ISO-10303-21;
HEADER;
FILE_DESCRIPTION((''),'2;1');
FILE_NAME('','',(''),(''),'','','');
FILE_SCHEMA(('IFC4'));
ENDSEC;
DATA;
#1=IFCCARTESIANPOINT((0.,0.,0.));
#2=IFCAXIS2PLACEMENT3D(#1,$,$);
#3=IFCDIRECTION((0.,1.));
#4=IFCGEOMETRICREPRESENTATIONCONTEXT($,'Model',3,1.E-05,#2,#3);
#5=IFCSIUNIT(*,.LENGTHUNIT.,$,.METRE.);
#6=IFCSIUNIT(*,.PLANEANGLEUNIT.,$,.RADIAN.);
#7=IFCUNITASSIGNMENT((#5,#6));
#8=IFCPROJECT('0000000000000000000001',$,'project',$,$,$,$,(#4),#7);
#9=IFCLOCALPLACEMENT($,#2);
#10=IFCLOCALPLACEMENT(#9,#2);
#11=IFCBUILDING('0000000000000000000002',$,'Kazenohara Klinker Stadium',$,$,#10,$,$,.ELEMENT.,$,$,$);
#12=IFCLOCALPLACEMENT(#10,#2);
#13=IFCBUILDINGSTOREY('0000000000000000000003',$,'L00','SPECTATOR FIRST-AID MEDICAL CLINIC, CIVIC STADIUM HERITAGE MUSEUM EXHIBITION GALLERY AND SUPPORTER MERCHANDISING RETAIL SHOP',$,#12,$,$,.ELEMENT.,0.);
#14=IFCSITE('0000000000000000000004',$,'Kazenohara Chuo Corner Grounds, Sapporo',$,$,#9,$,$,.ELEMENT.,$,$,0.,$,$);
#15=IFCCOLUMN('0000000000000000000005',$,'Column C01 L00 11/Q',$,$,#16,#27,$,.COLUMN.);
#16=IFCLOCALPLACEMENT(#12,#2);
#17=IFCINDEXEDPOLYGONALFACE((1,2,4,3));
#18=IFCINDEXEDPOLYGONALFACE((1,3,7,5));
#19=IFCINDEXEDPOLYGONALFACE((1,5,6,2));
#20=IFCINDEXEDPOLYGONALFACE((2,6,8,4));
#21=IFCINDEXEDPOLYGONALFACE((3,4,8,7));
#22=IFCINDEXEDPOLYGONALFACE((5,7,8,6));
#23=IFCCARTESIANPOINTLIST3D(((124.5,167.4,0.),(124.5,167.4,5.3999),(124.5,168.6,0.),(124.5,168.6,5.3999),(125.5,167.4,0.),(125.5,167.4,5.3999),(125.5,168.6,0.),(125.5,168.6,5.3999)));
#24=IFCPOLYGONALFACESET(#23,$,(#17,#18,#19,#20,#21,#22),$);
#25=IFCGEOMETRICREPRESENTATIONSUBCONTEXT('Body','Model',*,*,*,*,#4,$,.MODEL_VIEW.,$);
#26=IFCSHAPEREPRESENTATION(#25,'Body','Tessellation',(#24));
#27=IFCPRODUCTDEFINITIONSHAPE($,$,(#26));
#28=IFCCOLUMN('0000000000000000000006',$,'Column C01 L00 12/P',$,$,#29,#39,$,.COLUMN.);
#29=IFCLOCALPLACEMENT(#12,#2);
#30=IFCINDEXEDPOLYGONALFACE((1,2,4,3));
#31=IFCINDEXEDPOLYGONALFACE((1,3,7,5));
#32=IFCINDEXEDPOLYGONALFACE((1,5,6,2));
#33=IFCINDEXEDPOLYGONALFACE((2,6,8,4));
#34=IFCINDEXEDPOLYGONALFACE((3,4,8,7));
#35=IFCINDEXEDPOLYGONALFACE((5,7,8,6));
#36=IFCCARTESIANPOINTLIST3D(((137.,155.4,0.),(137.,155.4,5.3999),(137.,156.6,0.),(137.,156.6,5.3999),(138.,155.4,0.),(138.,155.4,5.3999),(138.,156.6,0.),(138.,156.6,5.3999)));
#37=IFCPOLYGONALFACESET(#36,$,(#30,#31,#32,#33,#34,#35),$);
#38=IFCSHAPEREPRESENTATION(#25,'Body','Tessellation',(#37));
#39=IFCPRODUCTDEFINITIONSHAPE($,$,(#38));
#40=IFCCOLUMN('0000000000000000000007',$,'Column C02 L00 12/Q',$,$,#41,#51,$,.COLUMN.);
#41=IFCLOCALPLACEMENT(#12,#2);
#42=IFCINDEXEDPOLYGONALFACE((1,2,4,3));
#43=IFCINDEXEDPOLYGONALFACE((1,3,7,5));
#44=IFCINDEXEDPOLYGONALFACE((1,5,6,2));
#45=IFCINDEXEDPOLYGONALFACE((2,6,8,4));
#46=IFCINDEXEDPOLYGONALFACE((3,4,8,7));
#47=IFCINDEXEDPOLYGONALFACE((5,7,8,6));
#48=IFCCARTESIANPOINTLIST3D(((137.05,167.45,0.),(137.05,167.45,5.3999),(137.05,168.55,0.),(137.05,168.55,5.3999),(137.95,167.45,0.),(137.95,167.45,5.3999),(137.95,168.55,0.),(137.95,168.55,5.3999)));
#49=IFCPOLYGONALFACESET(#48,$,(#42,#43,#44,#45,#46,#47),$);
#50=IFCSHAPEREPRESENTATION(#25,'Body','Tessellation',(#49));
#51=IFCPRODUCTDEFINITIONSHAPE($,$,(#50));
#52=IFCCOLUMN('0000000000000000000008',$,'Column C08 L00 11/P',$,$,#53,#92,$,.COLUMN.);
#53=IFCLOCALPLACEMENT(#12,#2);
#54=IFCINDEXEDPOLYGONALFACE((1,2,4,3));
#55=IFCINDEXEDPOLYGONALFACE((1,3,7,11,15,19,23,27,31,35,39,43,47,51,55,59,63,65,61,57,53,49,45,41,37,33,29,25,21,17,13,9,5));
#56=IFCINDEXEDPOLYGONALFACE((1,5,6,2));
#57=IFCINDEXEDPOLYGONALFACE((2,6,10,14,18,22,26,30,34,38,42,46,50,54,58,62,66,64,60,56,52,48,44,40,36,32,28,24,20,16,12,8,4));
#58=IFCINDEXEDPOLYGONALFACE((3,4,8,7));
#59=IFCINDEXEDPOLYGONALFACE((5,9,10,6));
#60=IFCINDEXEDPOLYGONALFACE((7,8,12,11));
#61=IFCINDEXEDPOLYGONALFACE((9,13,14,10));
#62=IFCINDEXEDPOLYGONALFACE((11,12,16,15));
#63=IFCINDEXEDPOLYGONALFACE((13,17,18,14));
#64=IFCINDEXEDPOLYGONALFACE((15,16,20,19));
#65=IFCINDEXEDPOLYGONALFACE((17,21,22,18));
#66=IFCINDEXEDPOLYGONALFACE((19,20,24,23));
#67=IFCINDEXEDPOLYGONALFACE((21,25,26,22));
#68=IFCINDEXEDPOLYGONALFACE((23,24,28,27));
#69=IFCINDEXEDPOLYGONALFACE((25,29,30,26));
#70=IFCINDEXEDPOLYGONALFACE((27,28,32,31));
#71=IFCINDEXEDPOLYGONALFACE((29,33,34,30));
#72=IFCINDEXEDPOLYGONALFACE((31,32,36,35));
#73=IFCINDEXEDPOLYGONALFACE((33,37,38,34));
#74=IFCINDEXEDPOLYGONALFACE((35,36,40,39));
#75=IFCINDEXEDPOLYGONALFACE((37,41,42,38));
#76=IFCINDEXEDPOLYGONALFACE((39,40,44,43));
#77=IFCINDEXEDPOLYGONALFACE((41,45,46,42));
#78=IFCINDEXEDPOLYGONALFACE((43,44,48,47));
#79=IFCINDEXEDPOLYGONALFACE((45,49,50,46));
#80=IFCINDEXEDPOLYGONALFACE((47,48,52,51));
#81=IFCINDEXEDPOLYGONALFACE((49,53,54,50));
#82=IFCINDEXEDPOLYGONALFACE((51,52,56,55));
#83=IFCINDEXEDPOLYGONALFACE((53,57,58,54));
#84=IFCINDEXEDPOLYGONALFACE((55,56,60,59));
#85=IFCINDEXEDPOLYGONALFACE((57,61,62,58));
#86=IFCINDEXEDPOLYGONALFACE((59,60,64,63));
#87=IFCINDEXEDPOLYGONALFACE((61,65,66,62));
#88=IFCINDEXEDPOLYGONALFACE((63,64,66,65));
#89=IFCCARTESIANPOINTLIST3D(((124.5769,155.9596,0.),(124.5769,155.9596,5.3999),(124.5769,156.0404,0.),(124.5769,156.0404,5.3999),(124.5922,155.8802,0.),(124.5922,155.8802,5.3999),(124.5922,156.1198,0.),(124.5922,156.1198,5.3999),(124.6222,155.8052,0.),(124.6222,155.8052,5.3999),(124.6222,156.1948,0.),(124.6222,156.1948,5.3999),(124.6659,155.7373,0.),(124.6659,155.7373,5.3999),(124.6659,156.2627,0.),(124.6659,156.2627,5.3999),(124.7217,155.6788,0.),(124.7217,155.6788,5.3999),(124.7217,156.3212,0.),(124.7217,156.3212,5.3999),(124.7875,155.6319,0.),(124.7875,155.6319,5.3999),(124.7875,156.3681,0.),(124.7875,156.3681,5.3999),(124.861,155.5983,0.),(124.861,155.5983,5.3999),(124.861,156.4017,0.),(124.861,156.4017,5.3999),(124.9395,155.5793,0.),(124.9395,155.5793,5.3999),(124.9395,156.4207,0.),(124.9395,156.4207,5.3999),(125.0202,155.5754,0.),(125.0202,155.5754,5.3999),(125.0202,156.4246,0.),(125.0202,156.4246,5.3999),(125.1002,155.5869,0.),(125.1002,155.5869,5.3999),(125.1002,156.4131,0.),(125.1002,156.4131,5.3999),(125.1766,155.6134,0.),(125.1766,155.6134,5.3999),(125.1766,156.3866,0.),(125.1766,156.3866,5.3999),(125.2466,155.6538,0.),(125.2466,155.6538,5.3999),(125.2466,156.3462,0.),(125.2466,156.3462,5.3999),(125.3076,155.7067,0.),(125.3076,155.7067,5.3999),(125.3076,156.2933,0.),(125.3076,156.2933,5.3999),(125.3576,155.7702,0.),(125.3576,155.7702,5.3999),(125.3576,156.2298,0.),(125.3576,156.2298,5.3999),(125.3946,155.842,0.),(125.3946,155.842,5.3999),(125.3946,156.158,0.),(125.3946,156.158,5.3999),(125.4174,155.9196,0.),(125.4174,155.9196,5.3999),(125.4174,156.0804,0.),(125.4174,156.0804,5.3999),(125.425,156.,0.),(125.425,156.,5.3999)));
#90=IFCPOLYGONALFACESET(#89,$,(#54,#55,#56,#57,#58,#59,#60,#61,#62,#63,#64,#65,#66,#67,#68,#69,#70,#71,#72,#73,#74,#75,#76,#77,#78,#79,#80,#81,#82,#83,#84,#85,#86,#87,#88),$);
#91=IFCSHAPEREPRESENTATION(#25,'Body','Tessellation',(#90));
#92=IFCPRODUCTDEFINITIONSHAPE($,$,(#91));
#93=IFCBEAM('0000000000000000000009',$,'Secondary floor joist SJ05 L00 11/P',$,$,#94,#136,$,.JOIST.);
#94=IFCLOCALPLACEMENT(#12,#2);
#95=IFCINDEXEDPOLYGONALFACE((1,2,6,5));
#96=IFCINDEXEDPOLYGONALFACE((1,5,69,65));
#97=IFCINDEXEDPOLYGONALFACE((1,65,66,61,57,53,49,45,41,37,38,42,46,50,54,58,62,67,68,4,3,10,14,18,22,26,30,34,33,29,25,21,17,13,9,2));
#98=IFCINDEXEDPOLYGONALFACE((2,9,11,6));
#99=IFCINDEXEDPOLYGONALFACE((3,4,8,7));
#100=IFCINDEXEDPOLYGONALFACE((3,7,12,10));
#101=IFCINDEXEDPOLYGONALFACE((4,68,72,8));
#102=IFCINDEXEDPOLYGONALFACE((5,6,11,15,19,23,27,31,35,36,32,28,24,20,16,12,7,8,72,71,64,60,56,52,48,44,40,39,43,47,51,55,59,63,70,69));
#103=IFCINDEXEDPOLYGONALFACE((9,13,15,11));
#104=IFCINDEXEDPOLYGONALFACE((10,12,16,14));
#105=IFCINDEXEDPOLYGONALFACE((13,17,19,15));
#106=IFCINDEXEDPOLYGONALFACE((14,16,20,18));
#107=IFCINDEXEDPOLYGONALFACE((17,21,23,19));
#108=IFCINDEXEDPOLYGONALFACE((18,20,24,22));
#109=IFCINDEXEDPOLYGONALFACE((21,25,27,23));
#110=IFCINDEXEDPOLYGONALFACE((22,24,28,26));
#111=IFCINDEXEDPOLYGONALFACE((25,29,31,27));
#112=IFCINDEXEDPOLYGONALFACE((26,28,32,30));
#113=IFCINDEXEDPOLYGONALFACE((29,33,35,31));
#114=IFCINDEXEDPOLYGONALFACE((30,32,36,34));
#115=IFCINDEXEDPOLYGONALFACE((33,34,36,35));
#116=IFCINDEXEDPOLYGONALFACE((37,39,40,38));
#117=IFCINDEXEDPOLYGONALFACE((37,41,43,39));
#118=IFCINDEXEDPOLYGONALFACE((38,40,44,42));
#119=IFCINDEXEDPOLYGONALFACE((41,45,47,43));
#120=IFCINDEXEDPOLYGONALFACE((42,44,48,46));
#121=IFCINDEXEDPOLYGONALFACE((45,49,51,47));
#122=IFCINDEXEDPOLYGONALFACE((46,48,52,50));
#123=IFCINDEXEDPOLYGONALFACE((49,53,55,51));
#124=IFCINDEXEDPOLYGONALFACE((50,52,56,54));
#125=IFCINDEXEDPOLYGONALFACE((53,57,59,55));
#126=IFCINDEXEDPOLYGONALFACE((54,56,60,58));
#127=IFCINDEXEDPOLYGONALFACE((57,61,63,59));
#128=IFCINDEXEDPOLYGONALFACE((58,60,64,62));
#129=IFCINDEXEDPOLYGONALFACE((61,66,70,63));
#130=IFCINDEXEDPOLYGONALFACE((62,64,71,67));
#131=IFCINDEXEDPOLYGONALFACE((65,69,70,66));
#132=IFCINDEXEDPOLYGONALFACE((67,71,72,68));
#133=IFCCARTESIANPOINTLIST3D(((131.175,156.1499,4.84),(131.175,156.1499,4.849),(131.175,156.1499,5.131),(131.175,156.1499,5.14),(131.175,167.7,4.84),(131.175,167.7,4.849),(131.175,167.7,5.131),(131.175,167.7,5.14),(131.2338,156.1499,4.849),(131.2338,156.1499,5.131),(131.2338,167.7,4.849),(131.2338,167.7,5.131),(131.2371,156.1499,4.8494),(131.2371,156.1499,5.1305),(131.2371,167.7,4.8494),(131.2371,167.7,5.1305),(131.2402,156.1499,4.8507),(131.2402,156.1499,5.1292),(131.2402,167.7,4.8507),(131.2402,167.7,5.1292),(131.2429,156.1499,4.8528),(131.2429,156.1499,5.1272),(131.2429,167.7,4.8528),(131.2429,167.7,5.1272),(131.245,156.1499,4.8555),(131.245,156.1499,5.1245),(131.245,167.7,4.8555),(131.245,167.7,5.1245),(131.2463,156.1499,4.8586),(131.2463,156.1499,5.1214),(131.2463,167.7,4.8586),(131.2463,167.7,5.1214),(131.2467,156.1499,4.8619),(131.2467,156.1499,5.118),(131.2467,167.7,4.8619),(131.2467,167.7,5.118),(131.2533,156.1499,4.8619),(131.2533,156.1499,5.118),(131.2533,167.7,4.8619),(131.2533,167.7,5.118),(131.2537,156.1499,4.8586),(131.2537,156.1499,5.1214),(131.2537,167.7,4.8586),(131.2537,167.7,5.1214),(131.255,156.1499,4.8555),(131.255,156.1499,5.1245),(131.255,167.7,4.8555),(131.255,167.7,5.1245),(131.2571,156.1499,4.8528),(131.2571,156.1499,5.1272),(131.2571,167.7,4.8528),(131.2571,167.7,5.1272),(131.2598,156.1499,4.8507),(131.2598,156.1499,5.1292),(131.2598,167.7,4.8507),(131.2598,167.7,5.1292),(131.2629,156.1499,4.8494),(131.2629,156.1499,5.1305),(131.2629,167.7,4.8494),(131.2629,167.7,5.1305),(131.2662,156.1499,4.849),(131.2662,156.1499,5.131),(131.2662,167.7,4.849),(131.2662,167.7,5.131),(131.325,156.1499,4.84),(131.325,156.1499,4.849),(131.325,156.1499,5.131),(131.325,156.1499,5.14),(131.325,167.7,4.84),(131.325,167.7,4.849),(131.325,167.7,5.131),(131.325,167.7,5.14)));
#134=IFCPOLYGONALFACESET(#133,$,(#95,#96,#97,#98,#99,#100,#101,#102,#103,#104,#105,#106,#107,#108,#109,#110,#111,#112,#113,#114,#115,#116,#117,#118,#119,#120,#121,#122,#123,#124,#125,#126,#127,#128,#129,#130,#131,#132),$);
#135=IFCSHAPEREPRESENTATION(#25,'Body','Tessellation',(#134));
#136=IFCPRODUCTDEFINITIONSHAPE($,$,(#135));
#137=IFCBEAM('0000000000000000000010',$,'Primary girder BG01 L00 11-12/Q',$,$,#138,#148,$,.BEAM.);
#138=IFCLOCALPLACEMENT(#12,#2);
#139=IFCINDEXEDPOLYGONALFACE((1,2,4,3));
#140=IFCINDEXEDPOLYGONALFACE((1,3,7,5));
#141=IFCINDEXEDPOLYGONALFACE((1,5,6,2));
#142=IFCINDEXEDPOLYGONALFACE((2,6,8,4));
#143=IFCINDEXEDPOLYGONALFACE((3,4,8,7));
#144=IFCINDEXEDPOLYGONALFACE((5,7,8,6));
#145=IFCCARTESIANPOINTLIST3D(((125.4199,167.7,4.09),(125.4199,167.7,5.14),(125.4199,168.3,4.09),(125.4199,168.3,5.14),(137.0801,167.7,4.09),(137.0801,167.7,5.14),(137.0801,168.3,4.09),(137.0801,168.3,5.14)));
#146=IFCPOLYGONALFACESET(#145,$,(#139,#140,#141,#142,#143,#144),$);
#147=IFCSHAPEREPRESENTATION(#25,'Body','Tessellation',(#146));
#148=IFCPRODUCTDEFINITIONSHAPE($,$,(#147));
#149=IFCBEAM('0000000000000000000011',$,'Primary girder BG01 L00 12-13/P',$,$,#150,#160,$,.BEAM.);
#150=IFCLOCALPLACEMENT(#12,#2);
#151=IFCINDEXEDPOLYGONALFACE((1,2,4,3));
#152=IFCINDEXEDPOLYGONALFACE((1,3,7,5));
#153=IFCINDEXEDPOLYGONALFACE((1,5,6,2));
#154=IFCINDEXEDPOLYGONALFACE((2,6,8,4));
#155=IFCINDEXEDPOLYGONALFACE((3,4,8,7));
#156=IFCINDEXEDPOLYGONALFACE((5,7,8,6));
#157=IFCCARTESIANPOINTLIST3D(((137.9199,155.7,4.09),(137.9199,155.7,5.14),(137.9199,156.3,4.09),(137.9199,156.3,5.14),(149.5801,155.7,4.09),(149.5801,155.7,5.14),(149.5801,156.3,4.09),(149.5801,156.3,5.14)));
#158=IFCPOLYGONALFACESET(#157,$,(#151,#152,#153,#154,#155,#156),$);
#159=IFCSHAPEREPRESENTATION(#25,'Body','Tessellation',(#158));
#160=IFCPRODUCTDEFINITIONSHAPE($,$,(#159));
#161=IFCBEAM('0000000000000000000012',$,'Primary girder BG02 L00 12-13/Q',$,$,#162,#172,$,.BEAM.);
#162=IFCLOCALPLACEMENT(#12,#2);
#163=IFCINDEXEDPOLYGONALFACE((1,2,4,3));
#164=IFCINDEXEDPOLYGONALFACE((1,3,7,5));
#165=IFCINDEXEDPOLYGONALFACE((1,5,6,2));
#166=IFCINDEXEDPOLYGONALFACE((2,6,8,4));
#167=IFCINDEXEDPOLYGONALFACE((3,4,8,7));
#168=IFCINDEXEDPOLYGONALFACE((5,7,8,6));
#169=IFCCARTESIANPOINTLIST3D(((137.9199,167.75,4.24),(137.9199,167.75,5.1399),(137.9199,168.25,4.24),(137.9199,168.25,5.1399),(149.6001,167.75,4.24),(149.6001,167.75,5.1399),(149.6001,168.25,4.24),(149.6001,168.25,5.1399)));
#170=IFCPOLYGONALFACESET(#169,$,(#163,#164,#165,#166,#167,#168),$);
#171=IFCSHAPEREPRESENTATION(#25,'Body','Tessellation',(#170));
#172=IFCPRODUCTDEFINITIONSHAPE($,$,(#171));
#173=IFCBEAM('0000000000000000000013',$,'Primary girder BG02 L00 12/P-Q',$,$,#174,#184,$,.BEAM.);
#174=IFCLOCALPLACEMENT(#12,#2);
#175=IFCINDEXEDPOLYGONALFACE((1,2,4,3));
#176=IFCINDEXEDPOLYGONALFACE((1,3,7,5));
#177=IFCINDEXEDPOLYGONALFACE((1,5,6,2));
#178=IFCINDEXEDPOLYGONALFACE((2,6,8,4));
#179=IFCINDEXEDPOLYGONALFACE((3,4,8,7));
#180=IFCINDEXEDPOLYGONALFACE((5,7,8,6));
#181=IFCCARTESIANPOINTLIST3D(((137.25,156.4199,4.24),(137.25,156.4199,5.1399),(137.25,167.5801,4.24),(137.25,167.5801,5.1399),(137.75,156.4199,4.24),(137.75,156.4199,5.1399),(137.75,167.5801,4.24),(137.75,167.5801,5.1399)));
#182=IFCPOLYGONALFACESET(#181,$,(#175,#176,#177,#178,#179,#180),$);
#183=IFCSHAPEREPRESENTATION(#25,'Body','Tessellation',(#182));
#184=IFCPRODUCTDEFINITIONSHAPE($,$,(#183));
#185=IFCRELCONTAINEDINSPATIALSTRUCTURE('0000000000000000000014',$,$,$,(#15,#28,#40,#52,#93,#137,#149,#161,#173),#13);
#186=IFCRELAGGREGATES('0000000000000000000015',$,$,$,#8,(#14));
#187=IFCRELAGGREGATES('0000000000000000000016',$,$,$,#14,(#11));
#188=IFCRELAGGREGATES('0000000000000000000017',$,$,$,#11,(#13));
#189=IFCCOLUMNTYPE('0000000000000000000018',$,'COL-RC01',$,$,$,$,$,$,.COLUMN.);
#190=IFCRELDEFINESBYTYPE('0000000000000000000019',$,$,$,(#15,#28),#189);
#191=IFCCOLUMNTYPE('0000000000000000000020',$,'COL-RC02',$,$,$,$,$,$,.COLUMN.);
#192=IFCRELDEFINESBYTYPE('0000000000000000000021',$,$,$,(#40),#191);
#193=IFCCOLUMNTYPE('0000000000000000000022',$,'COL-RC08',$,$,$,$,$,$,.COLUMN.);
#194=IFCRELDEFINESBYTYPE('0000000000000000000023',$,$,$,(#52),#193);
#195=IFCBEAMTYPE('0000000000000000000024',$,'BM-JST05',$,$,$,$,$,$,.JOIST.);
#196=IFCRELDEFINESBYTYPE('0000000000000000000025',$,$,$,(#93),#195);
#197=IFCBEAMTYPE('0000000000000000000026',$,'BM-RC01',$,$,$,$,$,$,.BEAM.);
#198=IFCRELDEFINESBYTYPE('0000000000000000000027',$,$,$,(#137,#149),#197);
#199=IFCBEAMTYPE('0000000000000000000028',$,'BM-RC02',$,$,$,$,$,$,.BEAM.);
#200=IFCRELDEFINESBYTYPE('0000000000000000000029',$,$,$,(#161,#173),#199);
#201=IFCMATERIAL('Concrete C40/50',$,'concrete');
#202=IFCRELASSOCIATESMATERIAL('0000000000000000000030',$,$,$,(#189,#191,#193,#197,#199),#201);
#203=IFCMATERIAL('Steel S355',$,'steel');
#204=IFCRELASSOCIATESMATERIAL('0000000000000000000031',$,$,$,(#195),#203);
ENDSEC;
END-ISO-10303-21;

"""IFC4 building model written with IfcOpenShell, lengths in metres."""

from ifc_helpers import new_model, si_unit, direction, frame, origin, origin_2d, place, context, subcontext, project, spatial, rectangle, circle, i_section, extrude, material, material_profile, profile_set, type_object, element, save


model = new_model("IFC4")

# Units and contexts
model_context = context("Model", 3, precision=1e-05, world=origin(), true_north=direction((0.0, 1.0)))
body_context = subcontext(model_context, "Body", "Model", "MODEL_VIEW")
ifc_project = project(units=[si_unit("LENGTHUNIT", "METRE"), si_unit("PLANEANGLEUNIT", "RADIAN")], contexts=[model_context])

# Site, building, storey
site_placement = place(None, origin())
site = spatial("IfcSite", under=ifc_project, at=site_placement, Name="Kazenohara Chuo Corner Grounds, Sapporo", CompositionType="ELEMENT", RefElevation=0.0)
building_placement = place(site_placement, origin())
building = spatial("IfcBuilding", under=site, at=building_placement, Name="Kazenohara Klinker Stadium", CompositionType="ELEMENT")
storey_placement = place(building_placement, origin())
storey = spatial("IfcBuildingStorey", under=building, at=storey_placement, Name="L00", Description="SPECTATOR FIRST-AID MEDICAL CLINIC, CIVIC STADIUM HERITAGE MUSEUM EXHIBITION GALLERY AND SUPPORTER MERCHANDISING RETAIL SHOP", CompositionType="ELEMENT", Elevation=0.0)

# Columns
ifc_material_1 = material(Name="Concrete C40/50", Category="concrete")
ifc_material_profile_1 = material_profile(ifc_material_1, rectangle(XDim=1.0, YDim=1.2, at=origin_2d()), Name="RC-COL-1200x1000")
ifc_profile_set_1 = profile_set([ifc_material_profile_1], Name="Concrete C40/50")
column_type_1 = type_object("IfcColumnType", Name="COL-RC01", PredefinedType="COLUMN", material=ifc_profile_set_1)
for number, where, z_axis, x_axis, name in (
    (1, (125.0, 168.0, 0.0), (0.0, 0.0, 1.0), (1.0, 0.0, 0.0), "Column C01 L00 11/Q"),
    (2, (137.5, 156.0, 0.0), (0.0, 0.0, 1.0), (1.0, 0.0, 0.0), "Column C01 L00 12/P"),
):
    element("IfcColumn", number, at=place(storey_placement, frame(where, z_axis=z_axis, x_axis=x_axis)), inside=storey, type_object=column_type_1, Name=name, PredefinedType="COLUMN", context=body_context, shape_type="SweptSolid", body=[
        extrude(rectangle(XDim=1.0, YDim=1.2, at=origin_2d()), origin(), (0.0, 0.0, 1.0), 5.3999),
    ])
ifc_material_profile_2 = material_profile(ifc_material_1, rectangle(XDim=0.8999, YDim=1.1001, at=origin_2d()), Name="RC-COL-1100x900")
ifc_profile_set_2 = profile_set([ifc_material_profile_2], Name="Concrete C40/50")
column_type_2 = type_object("IfcColumnType", Name="COL-RC02", PredefinedType="COLUMN", material=ifc_profile_set_2)
column_1_placement = place(storey_placement, frame((137.5, 168.0, 0.0), z_axis=(0.0, 0.0, 1.0), x_axis=(1.0, 0.0, 0.0)))
element("IfcColumn", 3, at=column_1_placement, inside=storey, type_object=column_type_2, Name="Column C02 L00 12/Q", PredefinedType="COLUMN", context=body_context, shape_type="SweptSolid", body=[
    extrude(rectangle(XDim=0.8999, YDim=1.1001, at=origin_2d()), origin(), (0.0, 0.0, 1.0), 5.3999),
])
ifc_material_profile_3 = material_profile(ifc_material_1, circle(Radius=0.425, at=origin_2d()), Name="RC-COL-D850")
ifc_profile_set_3 = profile_set([ifc_material_profile_3], Name="Concrete C40/50")
column_type_3 = type_object("IfcColumnType", Name="COL-RC08", PredefinedType="COLUMN", material=ifc_profile_set_3)
column_2_placement = place(storey_placement, frame((125.0, 156.0, 0.0), z_axis=(0.0, 0.0, 1.0), x_axis=(1.0, 0.0, 0.0)))
element("IfcColumn", 4, at=column_2_placement, inside=storey, type_object=column_type_3, Name="Column C08 L00 11/P", PredefinedType="COLUMN", context=body_context, shape_type="SweptSolid", body=[
    extrude(circle(Radius=0.425, at=origin_2d()), origin(), (0.0, 0.0, 1.0), 5.3999),
])

# Beams
ifc_material_2 = material(Name="Steel S355", Category="steel")
ifc_material_profile_4 = material_profile(ifc_material_2, i_section(OverallWidth=0.1499, OverallDepth=0.3, WebThickness=0.0066, FlangeThickness=0.009, FilletRadius=0.0129, at=origin_2d()), Name="H-300x150x6.5x9")
ifc_profile_set_4 = profile_set([ifc_material_profile_4], Name="Steel S355")
beam_type_1 = type_object("IfcBeamType", Name="BM-JST05", PredefinedType="JOIST", material=ifc_profile_set_4)
beam_1_placement = place(storey_placement, frame((131.25, 156.1499, 4.99), z_axis=(0.0, 1.0, 0.0), x_axis=(-1.0, 0.0, 0.0)))
element("IfcBeam", 5, at=beam_1_placement, inside=storey, type_object=beam_type_1, Name="Secondary floor joist SJ05 L00 11/P", PredefinedType="JOIST", context=body_context, shape_type="SweptSolid", body=[
    extrude(i_section(OverallWidth=0.1499, OverallDepth=0.3, WebThickness=0.0066, FlangeThickness=0.009, FilletRadius=0.0129, at=origin_2d()), origin(), (0.0, 0.0, 1.0), 11.55),
])
ifc_material_profile_5 = material_profile(ifc_material_1, rectangle(XDim=0.6001, YDim=1.05, at=origin_2d()), Name="RC-BM-600x1050")
ifc_profile_set_5 = profile_set([ifc_material_profile_5], Name="Concrete C40/50")
beam_type_2 = type_object("IfcBeamType", Name="BM-RC01", PredefinedType="BEAM", material=ifc_profile_set_5)
for number, where, z_axis, x_axis, name in (
    (6, (125.4199, 168.0, 4.615), (1.0, 0.0, 0.0), (0.0, 1.0, 0.0), "Primary girder BG01 L00 11-12/Q"),
    (7, (137.9199, 156.0, 4.615), (1.0, 0.0, 0.0), (0.0, 1.0, 0.0), "Primary girder BG01 L00 12-13/P"),
):
    element("IfcBeam", number, at=place(storey_placement, frame(where, z_axis=z_axis, x_axis=x_axis)), inside=storey, type_object=beam_type_2, Name=name, PredefinedType="BEAM", context=body_context, shape_type="SweptSolid", body=[
        extrude(rectangle(XDim=0.6001, YDim=1.05, at=origin_2d()), origin(), (0.0, 0.0, 1.0), 11.6602),
    ])
ifc_material_profile_6 = material_profile(ifc_material_1, rectangle(XDim=0.5, YDim=0.8999, at=origin_2d()), Name="RC-BM-500x900")
ifc_profile_set_6 = profile_set([ifc_material_profile_6], Name="Concrete C40/50")
beam_type_3 = type_object("IfcBeamType", Name="BM-RC02", PredefinedType="BEAM", material=ifc_profile_set_6)
beam_2_placement = place(storey_placement, frame((137.9199, 168.0, 4.6899), z_axis=(1.0, 0.0, 0.0), x_axis=(0.0, 1.0, 0.0)))
element("IfcBeam", 8, at=beam_2_placement, inside=storey, type_object=beam_type_3, Name="Primary girder BG02 L00 12-13/Q", PredefinedType="BEAM", context=body_context, shape_type="SweptSolid", body=[
    extrude(rectangle(XDim=0.5, YDim=0.8999, at=origin_2d()), origin(), (0.0, 0.0, 1.0), 11.6802),
])
beam_3_placement = place(storey_placement, frame((137.5, 156.4199, 4.6899), z_axis=(0.0, 1.0, 0.0), x_axis=(-1.0, 0.0, 0.0)))
element("IfcBeam", 9, at=beam_3_placement, inside=storey, type_object=beam_type_3, Name="Primary girder BG02 L00 12/P-Q", PredefinedType="BEAM", context=body_context, shape_type="SweptSolid", body=[
    extrude(rectangle(XDim=0.5, YDim=0.8999, at=origin_2d()), origin(), (0.0, 0.0, 1.0), 11.1602),
])

save(model, "model.ifc")
